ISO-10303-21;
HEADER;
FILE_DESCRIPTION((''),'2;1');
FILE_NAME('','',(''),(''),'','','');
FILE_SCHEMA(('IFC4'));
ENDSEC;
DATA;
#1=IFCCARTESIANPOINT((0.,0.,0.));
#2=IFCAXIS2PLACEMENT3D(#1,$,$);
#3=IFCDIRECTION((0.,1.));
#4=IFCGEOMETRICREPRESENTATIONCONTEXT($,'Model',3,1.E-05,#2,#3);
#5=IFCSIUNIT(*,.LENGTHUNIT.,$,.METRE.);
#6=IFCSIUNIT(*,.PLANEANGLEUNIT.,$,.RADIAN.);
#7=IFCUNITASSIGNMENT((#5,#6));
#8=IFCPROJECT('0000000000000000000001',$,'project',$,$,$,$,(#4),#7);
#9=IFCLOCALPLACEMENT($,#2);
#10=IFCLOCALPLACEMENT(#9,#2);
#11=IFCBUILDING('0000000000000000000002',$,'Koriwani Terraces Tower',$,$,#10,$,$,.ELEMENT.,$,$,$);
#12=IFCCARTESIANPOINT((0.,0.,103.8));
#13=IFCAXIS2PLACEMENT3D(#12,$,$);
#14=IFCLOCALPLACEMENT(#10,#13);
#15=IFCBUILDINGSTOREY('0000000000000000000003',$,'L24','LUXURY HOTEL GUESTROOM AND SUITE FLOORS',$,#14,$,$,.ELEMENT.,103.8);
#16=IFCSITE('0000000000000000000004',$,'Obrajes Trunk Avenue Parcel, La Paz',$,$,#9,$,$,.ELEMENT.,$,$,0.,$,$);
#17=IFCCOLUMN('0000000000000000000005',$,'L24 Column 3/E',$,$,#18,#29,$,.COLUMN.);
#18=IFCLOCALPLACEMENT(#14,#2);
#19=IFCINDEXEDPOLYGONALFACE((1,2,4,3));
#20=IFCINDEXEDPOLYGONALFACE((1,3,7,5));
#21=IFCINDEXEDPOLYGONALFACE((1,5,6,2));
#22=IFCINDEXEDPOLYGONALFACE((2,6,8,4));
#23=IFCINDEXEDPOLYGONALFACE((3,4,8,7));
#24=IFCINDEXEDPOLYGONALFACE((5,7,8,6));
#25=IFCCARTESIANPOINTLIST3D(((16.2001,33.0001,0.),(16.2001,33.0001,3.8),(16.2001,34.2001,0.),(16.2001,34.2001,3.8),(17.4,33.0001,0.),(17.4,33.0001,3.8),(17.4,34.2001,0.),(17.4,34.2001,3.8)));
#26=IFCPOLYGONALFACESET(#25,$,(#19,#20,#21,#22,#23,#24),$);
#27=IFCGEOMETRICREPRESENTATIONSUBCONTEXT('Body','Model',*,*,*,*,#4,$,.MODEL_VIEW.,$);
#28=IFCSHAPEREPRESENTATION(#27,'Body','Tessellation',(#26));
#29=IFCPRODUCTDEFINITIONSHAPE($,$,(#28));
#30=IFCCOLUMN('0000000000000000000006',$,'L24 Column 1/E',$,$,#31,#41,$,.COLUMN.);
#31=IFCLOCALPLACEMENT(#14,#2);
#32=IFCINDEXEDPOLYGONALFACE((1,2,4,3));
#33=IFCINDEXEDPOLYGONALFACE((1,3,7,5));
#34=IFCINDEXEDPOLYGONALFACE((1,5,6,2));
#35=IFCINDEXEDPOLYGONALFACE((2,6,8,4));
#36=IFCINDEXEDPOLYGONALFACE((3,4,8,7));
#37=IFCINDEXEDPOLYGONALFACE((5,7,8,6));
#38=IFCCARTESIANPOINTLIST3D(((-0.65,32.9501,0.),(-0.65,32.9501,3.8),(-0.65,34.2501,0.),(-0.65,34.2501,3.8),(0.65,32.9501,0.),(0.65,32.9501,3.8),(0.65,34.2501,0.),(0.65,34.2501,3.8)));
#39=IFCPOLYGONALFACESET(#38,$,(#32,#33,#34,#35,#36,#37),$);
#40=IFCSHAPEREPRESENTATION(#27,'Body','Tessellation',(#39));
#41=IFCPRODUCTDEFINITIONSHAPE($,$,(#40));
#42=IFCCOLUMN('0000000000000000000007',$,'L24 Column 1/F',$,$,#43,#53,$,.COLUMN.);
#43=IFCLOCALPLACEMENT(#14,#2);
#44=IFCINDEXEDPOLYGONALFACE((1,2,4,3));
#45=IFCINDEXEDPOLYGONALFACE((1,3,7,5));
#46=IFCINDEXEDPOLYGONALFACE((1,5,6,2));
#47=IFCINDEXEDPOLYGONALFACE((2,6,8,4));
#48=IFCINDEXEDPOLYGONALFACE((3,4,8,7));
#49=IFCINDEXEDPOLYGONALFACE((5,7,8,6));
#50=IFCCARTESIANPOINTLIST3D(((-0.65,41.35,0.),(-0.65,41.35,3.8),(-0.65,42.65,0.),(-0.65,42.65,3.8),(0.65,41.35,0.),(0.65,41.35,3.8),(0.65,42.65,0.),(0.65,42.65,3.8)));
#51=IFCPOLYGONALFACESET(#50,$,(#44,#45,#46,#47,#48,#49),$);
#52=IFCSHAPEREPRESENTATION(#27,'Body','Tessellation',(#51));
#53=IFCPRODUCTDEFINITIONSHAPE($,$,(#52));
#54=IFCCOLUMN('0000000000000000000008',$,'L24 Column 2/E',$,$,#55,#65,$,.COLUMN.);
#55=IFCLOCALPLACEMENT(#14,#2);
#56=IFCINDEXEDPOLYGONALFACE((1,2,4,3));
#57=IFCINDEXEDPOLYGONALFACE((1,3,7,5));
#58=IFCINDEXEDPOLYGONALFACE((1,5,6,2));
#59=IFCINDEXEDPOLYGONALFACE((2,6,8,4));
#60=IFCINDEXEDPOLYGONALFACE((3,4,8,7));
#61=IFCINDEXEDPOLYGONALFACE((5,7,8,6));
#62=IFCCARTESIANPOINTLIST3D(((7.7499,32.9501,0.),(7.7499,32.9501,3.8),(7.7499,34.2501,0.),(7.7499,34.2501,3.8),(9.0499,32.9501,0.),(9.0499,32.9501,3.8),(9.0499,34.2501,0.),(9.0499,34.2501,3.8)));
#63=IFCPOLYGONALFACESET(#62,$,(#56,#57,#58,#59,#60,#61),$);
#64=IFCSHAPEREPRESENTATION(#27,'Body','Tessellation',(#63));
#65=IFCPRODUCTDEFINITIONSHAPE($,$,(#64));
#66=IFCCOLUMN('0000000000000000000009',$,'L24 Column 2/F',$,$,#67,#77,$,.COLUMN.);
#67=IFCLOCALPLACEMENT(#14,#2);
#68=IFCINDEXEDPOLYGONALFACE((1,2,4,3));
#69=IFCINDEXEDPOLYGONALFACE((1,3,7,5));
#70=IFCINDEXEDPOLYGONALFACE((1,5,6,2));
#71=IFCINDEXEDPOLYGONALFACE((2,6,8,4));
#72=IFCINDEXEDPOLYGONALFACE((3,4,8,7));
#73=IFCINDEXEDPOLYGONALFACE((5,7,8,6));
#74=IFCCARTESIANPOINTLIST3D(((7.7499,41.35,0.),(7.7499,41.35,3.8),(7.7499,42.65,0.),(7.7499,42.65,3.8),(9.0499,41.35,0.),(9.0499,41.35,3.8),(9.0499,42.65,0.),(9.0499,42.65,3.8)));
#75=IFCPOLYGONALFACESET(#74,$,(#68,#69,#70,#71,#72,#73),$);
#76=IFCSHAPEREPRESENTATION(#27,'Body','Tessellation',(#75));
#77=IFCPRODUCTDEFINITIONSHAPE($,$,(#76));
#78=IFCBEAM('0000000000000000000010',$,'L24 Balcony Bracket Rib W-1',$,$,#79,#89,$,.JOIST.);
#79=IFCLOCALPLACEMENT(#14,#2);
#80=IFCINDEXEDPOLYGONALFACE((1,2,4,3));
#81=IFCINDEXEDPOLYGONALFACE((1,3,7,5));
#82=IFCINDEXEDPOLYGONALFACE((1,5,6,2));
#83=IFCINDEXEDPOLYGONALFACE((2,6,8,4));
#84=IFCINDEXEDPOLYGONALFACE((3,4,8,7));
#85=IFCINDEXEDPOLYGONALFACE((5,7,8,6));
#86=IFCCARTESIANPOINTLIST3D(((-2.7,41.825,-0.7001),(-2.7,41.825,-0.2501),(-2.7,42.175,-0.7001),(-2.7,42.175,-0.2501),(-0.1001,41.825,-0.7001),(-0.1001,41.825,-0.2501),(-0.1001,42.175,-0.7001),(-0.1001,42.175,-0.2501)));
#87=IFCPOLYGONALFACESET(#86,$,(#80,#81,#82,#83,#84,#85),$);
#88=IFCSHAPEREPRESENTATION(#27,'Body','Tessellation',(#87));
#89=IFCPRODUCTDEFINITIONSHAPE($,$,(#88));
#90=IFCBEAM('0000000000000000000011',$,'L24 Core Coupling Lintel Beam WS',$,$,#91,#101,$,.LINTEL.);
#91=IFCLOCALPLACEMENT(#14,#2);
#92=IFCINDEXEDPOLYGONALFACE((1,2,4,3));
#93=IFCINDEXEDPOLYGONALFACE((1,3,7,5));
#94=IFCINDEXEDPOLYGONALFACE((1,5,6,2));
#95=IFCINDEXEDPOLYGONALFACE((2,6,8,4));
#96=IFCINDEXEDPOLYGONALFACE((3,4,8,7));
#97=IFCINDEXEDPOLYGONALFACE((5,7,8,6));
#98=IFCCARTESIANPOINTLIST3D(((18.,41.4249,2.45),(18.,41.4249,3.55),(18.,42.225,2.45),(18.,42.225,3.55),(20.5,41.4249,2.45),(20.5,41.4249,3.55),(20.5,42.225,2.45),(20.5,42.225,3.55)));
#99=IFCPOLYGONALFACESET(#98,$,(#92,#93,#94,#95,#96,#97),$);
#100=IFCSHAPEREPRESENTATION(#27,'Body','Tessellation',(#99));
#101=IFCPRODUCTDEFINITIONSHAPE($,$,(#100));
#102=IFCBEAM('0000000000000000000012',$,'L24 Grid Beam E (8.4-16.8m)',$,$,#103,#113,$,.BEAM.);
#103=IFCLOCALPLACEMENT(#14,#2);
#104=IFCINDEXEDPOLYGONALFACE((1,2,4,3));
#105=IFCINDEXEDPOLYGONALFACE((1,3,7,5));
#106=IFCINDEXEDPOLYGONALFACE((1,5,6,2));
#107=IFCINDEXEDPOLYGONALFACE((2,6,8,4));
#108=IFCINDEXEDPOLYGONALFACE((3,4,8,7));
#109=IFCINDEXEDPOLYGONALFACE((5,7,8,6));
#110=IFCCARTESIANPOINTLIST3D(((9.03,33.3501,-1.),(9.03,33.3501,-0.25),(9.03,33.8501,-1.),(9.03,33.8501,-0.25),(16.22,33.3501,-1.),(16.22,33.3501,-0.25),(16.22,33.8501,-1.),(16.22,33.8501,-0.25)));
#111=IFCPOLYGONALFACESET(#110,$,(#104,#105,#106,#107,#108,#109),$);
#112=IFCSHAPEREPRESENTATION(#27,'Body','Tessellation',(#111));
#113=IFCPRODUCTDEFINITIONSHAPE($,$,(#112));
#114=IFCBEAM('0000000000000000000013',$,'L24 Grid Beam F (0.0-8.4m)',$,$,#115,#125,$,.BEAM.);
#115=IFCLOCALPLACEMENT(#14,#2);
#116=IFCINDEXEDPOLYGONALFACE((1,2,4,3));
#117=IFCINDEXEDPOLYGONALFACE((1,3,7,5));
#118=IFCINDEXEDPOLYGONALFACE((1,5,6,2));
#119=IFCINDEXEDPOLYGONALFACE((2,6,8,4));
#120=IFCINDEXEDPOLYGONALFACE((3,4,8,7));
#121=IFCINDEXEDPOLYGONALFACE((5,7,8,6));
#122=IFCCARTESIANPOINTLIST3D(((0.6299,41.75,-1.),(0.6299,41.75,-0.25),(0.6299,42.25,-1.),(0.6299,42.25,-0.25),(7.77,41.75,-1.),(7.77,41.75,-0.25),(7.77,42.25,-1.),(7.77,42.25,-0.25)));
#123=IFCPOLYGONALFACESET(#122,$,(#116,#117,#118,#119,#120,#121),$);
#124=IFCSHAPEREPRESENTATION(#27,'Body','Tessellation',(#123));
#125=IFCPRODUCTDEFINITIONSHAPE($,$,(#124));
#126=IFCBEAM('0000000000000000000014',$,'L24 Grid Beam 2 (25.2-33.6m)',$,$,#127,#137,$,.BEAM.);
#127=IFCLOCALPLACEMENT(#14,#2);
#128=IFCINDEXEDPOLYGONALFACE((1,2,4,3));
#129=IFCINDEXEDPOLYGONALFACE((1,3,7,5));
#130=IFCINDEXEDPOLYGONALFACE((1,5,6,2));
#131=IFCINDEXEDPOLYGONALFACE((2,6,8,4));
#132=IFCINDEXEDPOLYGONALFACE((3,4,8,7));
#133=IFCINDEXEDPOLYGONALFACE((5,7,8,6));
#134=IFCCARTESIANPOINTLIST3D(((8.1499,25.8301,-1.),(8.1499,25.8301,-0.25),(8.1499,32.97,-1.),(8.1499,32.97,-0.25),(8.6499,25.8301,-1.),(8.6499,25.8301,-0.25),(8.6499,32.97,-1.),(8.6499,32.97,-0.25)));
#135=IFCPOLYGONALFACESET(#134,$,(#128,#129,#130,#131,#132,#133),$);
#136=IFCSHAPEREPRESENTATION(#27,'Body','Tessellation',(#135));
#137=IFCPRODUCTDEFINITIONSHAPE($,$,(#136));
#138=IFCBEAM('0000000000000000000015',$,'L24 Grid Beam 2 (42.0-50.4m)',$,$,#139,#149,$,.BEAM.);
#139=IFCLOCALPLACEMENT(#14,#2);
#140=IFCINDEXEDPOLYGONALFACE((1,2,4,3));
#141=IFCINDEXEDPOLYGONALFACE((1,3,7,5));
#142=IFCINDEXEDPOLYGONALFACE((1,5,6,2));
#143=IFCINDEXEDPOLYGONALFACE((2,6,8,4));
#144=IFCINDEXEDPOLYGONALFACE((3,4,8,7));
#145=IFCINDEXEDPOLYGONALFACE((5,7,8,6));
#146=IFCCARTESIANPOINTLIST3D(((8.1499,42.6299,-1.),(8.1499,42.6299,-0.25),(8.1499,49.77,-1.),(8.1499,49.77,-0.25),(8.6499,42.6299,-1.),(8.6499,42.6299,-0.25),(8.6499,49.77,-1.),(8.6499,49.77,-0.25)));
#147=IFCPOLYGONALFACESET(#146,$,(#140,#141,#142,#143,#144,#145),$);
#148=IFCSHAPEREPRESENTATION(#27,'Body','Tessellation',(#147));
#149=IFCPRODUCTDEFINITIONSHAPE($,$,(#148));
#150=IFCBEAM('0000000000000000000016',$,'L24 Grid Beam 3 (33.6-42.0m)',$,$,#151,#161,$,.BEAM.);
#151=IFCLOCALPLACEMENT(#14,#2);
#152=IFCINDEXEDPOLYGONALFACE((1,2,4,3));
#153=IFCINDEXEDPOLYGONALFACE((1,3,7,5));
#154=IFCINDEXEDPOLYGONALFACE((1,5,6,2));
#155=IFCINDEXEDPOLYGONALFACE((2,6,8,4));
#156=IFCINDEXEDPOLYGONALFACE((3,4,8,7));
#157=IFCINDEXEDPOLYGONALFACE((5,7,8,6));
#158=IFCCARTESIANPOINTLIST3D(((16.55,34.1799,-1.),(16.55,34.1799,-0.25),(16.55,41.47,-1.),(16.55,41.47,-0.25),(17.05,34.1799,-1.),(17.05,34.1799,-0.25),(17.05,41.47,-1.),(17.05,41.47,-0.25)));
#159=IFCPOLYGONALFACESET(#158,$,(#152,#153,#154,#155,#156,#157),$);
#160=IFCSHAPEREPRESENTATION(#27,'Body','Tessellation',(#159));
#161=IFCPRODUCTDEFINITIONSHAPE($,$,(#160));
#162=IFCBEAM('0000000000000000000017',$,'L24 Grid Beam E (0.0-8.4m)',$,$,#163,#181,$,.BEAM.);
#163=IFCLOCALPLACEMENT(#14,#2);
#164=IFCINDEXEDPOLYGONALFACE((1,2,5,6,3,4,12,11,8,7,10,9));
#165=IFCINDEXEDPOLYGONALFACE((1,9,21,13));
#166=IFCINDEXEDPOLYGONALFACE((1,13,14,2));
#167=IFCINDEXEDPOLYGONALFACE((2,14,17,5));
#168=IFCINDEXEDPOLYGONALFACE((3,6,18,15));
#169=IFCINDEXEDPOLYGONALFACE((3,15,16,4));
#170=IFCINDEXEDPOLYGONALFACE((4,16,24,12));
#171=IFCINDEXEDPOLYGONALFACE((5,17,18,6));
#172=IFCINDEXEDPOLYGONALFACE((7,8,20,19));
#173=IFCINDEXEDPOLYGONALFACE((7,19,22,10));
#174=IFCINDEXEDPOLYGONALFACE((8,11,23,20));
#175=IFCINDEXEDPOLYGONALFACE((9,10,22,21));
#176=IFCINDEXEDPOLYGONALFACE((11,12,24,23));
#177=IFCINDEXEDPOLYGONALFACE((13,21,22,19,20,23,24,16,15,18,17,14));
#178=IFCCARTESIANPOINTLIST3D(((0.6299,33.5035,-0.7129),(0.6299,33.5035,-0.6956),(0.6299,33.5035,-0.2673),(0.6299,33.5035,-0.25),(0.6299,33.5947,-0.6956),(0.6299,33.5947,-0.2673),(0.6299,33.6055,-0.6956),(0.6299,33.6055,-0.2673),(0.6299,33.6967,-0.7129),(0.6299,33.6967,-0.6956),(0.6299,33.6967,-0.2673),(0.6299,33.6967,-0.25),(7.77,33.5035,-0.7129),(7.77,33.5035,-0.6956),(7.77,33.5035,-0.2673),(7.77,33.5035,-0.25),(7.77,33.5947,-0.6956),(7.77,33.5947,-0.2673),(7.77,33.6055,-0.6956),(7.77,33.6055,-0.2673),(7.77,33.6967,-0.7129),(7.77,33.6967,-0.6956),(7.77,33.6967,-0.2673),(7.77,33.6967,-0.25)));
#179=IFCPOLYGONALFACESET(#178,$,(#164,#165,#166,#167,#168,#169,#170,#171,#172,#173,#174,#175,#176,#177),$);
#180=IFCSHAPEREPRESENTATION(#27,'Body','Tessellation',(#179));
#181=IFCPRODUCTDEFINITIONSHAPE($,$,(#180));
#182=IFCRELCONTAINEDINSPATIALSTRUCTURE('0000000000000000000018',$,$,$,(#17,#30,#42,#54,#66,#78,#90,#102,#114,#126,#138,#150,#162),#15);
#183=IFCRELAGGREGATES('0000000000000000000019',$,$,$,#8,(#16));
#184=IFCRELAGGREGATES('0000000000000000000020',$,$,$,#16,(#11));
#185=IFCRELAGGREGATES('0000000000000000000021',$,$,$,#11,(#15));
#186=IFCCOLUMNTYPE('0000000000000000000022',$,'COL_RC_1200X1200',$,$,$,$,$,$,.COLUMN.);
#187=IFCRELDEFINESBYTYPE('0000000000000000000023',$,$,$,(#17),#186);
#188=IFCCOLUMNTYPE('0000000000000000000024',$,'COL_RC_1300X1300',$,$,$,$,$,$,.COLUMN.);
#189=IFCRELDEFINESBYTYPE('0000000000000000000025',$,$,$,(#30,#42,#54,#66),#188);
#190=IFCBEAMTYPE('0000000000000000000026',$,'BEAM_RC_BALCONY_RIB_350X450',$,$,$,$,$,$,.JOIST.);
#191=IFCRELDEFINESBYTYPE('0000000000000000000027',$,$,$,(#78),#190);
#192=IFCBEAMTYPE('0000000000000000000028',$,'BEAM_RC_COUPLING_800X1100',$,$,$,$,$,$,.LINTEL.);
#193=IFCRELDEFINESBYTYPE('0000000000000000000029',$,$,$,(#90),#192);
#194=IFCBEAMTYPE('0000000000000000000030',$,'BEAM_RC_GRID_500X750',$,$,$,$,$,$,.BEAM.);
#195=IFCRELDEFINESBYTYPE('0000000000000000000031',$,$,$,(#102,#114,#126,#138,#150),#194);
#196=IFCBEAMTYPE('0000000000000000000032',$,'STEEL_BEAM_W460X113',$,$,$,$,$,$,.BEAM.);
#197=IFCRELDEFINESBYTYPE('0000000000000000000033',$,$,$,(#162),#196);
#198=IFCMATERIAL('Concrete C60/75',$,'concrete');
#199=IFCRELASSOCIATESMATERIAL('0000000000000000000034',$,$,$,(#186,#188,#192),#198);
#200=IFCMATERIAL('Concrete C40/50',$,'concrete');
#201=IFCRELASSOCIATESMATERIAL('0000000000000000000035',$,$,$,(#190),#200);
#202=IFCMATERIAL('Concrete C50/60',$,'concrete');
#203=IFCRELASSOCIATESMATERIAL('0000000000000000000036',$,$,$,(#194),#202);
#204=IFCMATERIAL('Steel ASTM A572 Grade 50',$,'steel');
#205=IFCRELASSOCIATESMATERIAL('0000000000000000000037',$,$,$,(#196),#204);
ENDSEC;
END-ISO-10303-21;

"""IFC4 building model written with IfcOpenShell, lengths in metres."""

from ifc_helpers import new_model, si_unit, direction, frame, origin, origin_2d, place, context, subcontext, project, spatial, rectangle, i_section, extrude, material, material_profile, profile_set, type_object, element, save


model = new_model("IFC4")

# Units and contexts
model_context = context("Model", 3, precision=1e-05, world=origin(), true_north=direction((0.0, 1.0)))
body_context = subcontext(model_context, "Body", "Model", "MODEL_VIEW")
ifc_project = project(units=[si_unit("LENGTHUNIT", "METRE"), si_unit("PLANEANGLEUNIT", "RADIAN")], contexts=[model_context])

# Site, building, storey
site_placement = place(None, origin())
site = spatial("IfcSite", under=ifc_project, at=site_placement, Name="Obrajes Trunk Avenue Parcel, La Paz", CompositionType="ELEMENT", RefElevation=0.0)
building_placement = place(site_placement, origin())
building = spatial("IfcBuilding", under=site, at=building_placement, Name="Koriwani Terraces Tower", CompositionType="ELEMENT")
storey_placement = place(building_placement, frame((0.0, 0.0, 103.8)))
storey = spatial("IfcBuildingStorey", under=building, at=storey_placement, Name="L24", Description="LUXURY HOTEL GUESTROOM AND SUITE FLOORS", CompositionType="ELEMENT", Elevation=103.8)

# Columns
ifc_material_1 = material(Name="Concrete C60/75", Category="concrete")
ifc_material_profile_1 = material_profile(ifc_material_1, rectangle(XDim=1.2, YDim=1.2, at=origin_2d()), Name="Concrete C60/75", Category="LoadBearing")
ifc_profile_set_1 = profile_set([ifc_material_profile_1], Name="Concrete C60/75")
column_type_1 = type_object("IfcColumnType", Name="COL_RC_1200X1200", PredefinedType="COLUMN", material=ifc_profile_set_1)
column_placement = place(storey_placement, frame((16.8, 33.6001, 0.0), z_axis=(0.0, 0.0, 1.0), x_axis=(1.0, 0.0, 0.0)))
element("IfcColumn", 1, at=column_placement, inside=storey, type_object=column_type_1, Name="L24 Column 3/E", PredefinedType="COLUMN", context=body_context, shape_type="SweptSolid", body=[
    extrude(rectangle(XDim=1.2, YDim=1.2, at=origin_2d()), origin(), (0.0, 0.0, 1.0), 3.8),
])
ifc_material_profile_2 = material_profile(ifc_material_1, rectangle(XDim=1.3, YDim=1.3, at=origin_2d()), Name="Concrete C60/75", Category="LoadBearing")
ifc_profile_set_2 = profile_set([ifc_material_profile_2], Name="Concrete C60/75")
column_type_2 = type_object("IfcColumnType", Name="COL_RC_1300X1300", PredefinedType="COLUMN", material=ifc_profile_set_2)
for number, where, z_axis, x_axis, name in (
    (2, (0.0, 33.6001, 0.0), (0.0, 0.0, 1.0), (1.0, 0.0, 0.0), "L24 Column 1/E"),
    (3, (0.0, 42.0, 0.0), (0.0, 0.0, 1.0), (1.0, 0.0, 0.0), "L24 Column 1/F"),
    (4, (8.3999, 33.6001, 0.0), (0.0, 0.0, 1.0), (1.0, 0.0, 0.0), "L24 Column 2/E"),
    (5, (8.3999, 42.0, 0.0), (0.0, 0.0, 1.0), (1.0, 0.0, 0.0), "L24 Column 2/F"),
):
    element("IfcColumn", number, at=place(storey_placement, frame(where, z_axis=z_axis, x_axis=x_axis)), inside=storey, type_object=column_type_2, Name=name, PredefinedType="COLUMN", context=body_context, shape_type="SweptSolid", body=[
        extrude(rectangle(XDim=1.3, YDim=1.3, at=origin_2d()), origin(), (0.0, 0.0, 1.0), 3.8),
    ])

# Beams
ifc_material_2 = material(Name="Concrete C40/50", Category="concrete")
ifc_material_profile_3 = material_profile(ifc_material_2, rectangle(XDim=0.3501, YDim=0.45, at=origin_2d()), Name="Concrete C40/50", Category="LoadBearing")
ifc_profile_set_3 = profile_set([ifc_material_profile_3], Name="Concrete C40/50")
beam_type_1 = type_object("IfcBeamType", Name="BEAM_RC_BALCONY_RIB_350X450", PredefinedType="JOIST", material=ifc_profile_set_3)
beam_1_placement = place(storey_placement, frame((-2.7, 42.0, -0.4751), z_axis=(1.0, 0.0, 0.0), x_axis=(0.0, 1.0, 0.0)))
element("IfcBeam", 6, at=beam_1_placement, inside=storey, type_object=beam_type_1, Name="L24 Balcony Bracket Rib W-1", PredefinedType="JOIST", context=body_context, shape_type="SweptSolid", body=[
    extrude(rectangle(XDim=0.3501, YDim=0.45, at=origin_2d()), origin(), (0.0, 0.0, 1.0), 2.5999),
])
ifc_material_profile_4 = material_profile(ifc_material_1, rectangle(XDim=0.8, YDim=1.1001, at=origin_2d()), Name="Concrete C60/75", Category="LoadBearing")
ifc_profile_set_4 = profile_set([ifc_material_profile_4], Name="Concrete C60/75")
beam_type_2 = type_object("IfcBeamType", Name="BEAM_RC_COUPLING_800X1100", PredefinedType="LINTEL", material=ifc_profile_set_4)
beam_2_placement = place(storey_placement, frame((18.0, 41.825, 3.0), z_axis=(1.0, 0.0, 0.0), x_axis=(0.0, 1.0, 0.0)))
element("IfcBeam", 7, at=beam_2_placement, inside=storey, type_object=beam_type_2, Name="L24 Core Coupling Lintel Beam WS", PredefinedType="LINTEL", context=body_context, shape_type="SweptSolid", body=[
    extrude(rectangle(XDim=0.8, YDim=1.1001, at=origin_2d()), origin(), (0.0, 0.0, 1.0), 2.5),
])
ifc_material_3 = material(Name="Concrete C50/60", Category="concrete")
ifc_material_profile_5 = material_profile(ifc_material_3, rectangle(XDim=0.5, YDim=0.75, at=origin_2d()), Name="Concrete C50/60", Category="LoadBearing")
ifc_profile_set_5 = profile_set([ifc_material_profile_5], Name="Concrete C50/60")
beam_type_3 = type_object("IfcBeamType", Name="BEAM_RC_GRID_500X750", PredefinedType="BEAM", material=ifc_profile_set_5)
beam_3_placement = place(storey_placement, frame((9.03, 33.6001, -0.625), z_axis=(1.0, 0.0, 0.0), x_axis=(0.0, 1.0, 0.0)))
element("IfcBeam", 8, at=beam_3_placement, inside=storey, type_object=beam_type_3, Name="L24 Grid Beam E (8.4-16.8m)", PredefinedType="BEAM", context=body_context, shape_type="SweptSolid", body=[
    extrude(rectangle(XDim=0.5, YDim=0.75, at=origin_2d()), origin(), (0.0, 0.0, 1.0), 7.1899),
])
beam_4_placement = place(storey_placement, frame((0.6299, 42.0, -0.625), z_axis=(1.0, 0.0, 0.0), x_axis=(0.0, 1.0, 0.0)))
element("IfcBeam", 9, at=beam_4_placement, inside=storey, type_object=beam_type_3, Name="L24 Grid Beam F (0.0-8.4m)", PredefinedType="BEAM", context=body_context, shape_type="SweptSolid", body=[
    extrude(rectangle(XDim=0.5, YDim=0.75, at=origin_2d()), origin(), (0.0, 0.0, 1.0), 7.1401),
])
beam_5_placement = place(storey_placement, frame((8.3999, 25.8301, -0.625), z_axis=(0.0, 1.0, 0.0), x_axis=(-1.0, 0.0, 0.0)))
element("IfcBeam", 10, at=beam_5_placement, inside=storey, type_object=beam_type_3, Name="L24 Grid Beam 2 (25.2-33.6m)", PredefinedType="BEAM", context=body_context, shape_type="SweptSolid", body=[
    extrude(rectangle(XDim=0.5, YDim=0.75, at=origin_2d()), origin(), (0.0, 0.0, 1.0), 7.1399),
])
beam_6_placement = place(storey_placement, frame((8.3999, 42.6299, -0.625), z_axis=(0.0, 1.0, 0.0), x_axis=(-1.0, 0.0, 0.0)))
element("IfcBeam", 11, at=beam_6_placement, inside=storey, type_object=beam_type_3, Name="L24 Grid Beam 2 (42.0-50.4m)", PredefinedType="BEAM", context=body_context, shape_type="SweptSolid", body=[
    extrude(rectangle(XDim=0.5, YDim=0.75, at=origin_2d()), origin(), (0.0, 0.0, 1.0), 7.1401),
])
beam_7_placement = place(storey_placement, frame((16.8, 34.1799, -0.625), z_axis=(0.0, 1.0, 0.0), x_axis=(-1.0, 0.0, 0.0)))
element("IfcBeam", 12, at=beam_7_placement, inside=storey, type_object=beam_type_3, Name="L24 Grid Beam 3 (33.6-42.0m)", PredefinedType="BEAM", context=body_context, shape_type="SweptSolid", body=[
    extrude(rectangle(XDim=0.5, YDim=0.75, at=origin_2d()), origin(), (0.0, 0.0, 1.0), 7.29),
])
ifc_material_4 = material(Name="Steel ASTM A572 Grade 50", Category="steel")
ifc_material_profile_6 = material_profile(ifc_material_4, i_section(OverallWidth=0.1931, OverallDepth=0.4629, WebThickness=0.0107, FlangeThickness=0.0173, at=origin_2d()), Name="Steel ASTM A572 Grade 50", Category="LoadBearing")
ifc_profile_set_6 = profile_set([ifc_material_profile_6], Name="Steel ASTM A572 Grade 50")
beam_type_4 = type_object("IfcBeamType", Name="STEEL_BEAM_W460X113", PredefinedType="BEAM", material=ifc_profile_set_6)
beam_8_placement = place(storey_placement, frame((0.6299, 33.6001, -0.4814), z_axis=(1.0, 0.0, 0.0), x_axis=(0.0, 1.0, 0.0)))
element("IfcBeam", 13, at=beam_8_placement, inside=storey, type_object=beam_type_4, Name="L24 Grid Beam E (0.0-8.4m)", PredefinedType="BEAM", context=body_context, shape_type="SweptSolid", body=[
    extrude(i_section(OverallWidth=0.1931, OverallDepth=0.4629, WebThickness=0.0107, FlangeThickness=0.0173, at=origin_2d()), origin(), (0.0, 0.0, 1.0), 7.1401),
])

save(model, "model.ifc")
